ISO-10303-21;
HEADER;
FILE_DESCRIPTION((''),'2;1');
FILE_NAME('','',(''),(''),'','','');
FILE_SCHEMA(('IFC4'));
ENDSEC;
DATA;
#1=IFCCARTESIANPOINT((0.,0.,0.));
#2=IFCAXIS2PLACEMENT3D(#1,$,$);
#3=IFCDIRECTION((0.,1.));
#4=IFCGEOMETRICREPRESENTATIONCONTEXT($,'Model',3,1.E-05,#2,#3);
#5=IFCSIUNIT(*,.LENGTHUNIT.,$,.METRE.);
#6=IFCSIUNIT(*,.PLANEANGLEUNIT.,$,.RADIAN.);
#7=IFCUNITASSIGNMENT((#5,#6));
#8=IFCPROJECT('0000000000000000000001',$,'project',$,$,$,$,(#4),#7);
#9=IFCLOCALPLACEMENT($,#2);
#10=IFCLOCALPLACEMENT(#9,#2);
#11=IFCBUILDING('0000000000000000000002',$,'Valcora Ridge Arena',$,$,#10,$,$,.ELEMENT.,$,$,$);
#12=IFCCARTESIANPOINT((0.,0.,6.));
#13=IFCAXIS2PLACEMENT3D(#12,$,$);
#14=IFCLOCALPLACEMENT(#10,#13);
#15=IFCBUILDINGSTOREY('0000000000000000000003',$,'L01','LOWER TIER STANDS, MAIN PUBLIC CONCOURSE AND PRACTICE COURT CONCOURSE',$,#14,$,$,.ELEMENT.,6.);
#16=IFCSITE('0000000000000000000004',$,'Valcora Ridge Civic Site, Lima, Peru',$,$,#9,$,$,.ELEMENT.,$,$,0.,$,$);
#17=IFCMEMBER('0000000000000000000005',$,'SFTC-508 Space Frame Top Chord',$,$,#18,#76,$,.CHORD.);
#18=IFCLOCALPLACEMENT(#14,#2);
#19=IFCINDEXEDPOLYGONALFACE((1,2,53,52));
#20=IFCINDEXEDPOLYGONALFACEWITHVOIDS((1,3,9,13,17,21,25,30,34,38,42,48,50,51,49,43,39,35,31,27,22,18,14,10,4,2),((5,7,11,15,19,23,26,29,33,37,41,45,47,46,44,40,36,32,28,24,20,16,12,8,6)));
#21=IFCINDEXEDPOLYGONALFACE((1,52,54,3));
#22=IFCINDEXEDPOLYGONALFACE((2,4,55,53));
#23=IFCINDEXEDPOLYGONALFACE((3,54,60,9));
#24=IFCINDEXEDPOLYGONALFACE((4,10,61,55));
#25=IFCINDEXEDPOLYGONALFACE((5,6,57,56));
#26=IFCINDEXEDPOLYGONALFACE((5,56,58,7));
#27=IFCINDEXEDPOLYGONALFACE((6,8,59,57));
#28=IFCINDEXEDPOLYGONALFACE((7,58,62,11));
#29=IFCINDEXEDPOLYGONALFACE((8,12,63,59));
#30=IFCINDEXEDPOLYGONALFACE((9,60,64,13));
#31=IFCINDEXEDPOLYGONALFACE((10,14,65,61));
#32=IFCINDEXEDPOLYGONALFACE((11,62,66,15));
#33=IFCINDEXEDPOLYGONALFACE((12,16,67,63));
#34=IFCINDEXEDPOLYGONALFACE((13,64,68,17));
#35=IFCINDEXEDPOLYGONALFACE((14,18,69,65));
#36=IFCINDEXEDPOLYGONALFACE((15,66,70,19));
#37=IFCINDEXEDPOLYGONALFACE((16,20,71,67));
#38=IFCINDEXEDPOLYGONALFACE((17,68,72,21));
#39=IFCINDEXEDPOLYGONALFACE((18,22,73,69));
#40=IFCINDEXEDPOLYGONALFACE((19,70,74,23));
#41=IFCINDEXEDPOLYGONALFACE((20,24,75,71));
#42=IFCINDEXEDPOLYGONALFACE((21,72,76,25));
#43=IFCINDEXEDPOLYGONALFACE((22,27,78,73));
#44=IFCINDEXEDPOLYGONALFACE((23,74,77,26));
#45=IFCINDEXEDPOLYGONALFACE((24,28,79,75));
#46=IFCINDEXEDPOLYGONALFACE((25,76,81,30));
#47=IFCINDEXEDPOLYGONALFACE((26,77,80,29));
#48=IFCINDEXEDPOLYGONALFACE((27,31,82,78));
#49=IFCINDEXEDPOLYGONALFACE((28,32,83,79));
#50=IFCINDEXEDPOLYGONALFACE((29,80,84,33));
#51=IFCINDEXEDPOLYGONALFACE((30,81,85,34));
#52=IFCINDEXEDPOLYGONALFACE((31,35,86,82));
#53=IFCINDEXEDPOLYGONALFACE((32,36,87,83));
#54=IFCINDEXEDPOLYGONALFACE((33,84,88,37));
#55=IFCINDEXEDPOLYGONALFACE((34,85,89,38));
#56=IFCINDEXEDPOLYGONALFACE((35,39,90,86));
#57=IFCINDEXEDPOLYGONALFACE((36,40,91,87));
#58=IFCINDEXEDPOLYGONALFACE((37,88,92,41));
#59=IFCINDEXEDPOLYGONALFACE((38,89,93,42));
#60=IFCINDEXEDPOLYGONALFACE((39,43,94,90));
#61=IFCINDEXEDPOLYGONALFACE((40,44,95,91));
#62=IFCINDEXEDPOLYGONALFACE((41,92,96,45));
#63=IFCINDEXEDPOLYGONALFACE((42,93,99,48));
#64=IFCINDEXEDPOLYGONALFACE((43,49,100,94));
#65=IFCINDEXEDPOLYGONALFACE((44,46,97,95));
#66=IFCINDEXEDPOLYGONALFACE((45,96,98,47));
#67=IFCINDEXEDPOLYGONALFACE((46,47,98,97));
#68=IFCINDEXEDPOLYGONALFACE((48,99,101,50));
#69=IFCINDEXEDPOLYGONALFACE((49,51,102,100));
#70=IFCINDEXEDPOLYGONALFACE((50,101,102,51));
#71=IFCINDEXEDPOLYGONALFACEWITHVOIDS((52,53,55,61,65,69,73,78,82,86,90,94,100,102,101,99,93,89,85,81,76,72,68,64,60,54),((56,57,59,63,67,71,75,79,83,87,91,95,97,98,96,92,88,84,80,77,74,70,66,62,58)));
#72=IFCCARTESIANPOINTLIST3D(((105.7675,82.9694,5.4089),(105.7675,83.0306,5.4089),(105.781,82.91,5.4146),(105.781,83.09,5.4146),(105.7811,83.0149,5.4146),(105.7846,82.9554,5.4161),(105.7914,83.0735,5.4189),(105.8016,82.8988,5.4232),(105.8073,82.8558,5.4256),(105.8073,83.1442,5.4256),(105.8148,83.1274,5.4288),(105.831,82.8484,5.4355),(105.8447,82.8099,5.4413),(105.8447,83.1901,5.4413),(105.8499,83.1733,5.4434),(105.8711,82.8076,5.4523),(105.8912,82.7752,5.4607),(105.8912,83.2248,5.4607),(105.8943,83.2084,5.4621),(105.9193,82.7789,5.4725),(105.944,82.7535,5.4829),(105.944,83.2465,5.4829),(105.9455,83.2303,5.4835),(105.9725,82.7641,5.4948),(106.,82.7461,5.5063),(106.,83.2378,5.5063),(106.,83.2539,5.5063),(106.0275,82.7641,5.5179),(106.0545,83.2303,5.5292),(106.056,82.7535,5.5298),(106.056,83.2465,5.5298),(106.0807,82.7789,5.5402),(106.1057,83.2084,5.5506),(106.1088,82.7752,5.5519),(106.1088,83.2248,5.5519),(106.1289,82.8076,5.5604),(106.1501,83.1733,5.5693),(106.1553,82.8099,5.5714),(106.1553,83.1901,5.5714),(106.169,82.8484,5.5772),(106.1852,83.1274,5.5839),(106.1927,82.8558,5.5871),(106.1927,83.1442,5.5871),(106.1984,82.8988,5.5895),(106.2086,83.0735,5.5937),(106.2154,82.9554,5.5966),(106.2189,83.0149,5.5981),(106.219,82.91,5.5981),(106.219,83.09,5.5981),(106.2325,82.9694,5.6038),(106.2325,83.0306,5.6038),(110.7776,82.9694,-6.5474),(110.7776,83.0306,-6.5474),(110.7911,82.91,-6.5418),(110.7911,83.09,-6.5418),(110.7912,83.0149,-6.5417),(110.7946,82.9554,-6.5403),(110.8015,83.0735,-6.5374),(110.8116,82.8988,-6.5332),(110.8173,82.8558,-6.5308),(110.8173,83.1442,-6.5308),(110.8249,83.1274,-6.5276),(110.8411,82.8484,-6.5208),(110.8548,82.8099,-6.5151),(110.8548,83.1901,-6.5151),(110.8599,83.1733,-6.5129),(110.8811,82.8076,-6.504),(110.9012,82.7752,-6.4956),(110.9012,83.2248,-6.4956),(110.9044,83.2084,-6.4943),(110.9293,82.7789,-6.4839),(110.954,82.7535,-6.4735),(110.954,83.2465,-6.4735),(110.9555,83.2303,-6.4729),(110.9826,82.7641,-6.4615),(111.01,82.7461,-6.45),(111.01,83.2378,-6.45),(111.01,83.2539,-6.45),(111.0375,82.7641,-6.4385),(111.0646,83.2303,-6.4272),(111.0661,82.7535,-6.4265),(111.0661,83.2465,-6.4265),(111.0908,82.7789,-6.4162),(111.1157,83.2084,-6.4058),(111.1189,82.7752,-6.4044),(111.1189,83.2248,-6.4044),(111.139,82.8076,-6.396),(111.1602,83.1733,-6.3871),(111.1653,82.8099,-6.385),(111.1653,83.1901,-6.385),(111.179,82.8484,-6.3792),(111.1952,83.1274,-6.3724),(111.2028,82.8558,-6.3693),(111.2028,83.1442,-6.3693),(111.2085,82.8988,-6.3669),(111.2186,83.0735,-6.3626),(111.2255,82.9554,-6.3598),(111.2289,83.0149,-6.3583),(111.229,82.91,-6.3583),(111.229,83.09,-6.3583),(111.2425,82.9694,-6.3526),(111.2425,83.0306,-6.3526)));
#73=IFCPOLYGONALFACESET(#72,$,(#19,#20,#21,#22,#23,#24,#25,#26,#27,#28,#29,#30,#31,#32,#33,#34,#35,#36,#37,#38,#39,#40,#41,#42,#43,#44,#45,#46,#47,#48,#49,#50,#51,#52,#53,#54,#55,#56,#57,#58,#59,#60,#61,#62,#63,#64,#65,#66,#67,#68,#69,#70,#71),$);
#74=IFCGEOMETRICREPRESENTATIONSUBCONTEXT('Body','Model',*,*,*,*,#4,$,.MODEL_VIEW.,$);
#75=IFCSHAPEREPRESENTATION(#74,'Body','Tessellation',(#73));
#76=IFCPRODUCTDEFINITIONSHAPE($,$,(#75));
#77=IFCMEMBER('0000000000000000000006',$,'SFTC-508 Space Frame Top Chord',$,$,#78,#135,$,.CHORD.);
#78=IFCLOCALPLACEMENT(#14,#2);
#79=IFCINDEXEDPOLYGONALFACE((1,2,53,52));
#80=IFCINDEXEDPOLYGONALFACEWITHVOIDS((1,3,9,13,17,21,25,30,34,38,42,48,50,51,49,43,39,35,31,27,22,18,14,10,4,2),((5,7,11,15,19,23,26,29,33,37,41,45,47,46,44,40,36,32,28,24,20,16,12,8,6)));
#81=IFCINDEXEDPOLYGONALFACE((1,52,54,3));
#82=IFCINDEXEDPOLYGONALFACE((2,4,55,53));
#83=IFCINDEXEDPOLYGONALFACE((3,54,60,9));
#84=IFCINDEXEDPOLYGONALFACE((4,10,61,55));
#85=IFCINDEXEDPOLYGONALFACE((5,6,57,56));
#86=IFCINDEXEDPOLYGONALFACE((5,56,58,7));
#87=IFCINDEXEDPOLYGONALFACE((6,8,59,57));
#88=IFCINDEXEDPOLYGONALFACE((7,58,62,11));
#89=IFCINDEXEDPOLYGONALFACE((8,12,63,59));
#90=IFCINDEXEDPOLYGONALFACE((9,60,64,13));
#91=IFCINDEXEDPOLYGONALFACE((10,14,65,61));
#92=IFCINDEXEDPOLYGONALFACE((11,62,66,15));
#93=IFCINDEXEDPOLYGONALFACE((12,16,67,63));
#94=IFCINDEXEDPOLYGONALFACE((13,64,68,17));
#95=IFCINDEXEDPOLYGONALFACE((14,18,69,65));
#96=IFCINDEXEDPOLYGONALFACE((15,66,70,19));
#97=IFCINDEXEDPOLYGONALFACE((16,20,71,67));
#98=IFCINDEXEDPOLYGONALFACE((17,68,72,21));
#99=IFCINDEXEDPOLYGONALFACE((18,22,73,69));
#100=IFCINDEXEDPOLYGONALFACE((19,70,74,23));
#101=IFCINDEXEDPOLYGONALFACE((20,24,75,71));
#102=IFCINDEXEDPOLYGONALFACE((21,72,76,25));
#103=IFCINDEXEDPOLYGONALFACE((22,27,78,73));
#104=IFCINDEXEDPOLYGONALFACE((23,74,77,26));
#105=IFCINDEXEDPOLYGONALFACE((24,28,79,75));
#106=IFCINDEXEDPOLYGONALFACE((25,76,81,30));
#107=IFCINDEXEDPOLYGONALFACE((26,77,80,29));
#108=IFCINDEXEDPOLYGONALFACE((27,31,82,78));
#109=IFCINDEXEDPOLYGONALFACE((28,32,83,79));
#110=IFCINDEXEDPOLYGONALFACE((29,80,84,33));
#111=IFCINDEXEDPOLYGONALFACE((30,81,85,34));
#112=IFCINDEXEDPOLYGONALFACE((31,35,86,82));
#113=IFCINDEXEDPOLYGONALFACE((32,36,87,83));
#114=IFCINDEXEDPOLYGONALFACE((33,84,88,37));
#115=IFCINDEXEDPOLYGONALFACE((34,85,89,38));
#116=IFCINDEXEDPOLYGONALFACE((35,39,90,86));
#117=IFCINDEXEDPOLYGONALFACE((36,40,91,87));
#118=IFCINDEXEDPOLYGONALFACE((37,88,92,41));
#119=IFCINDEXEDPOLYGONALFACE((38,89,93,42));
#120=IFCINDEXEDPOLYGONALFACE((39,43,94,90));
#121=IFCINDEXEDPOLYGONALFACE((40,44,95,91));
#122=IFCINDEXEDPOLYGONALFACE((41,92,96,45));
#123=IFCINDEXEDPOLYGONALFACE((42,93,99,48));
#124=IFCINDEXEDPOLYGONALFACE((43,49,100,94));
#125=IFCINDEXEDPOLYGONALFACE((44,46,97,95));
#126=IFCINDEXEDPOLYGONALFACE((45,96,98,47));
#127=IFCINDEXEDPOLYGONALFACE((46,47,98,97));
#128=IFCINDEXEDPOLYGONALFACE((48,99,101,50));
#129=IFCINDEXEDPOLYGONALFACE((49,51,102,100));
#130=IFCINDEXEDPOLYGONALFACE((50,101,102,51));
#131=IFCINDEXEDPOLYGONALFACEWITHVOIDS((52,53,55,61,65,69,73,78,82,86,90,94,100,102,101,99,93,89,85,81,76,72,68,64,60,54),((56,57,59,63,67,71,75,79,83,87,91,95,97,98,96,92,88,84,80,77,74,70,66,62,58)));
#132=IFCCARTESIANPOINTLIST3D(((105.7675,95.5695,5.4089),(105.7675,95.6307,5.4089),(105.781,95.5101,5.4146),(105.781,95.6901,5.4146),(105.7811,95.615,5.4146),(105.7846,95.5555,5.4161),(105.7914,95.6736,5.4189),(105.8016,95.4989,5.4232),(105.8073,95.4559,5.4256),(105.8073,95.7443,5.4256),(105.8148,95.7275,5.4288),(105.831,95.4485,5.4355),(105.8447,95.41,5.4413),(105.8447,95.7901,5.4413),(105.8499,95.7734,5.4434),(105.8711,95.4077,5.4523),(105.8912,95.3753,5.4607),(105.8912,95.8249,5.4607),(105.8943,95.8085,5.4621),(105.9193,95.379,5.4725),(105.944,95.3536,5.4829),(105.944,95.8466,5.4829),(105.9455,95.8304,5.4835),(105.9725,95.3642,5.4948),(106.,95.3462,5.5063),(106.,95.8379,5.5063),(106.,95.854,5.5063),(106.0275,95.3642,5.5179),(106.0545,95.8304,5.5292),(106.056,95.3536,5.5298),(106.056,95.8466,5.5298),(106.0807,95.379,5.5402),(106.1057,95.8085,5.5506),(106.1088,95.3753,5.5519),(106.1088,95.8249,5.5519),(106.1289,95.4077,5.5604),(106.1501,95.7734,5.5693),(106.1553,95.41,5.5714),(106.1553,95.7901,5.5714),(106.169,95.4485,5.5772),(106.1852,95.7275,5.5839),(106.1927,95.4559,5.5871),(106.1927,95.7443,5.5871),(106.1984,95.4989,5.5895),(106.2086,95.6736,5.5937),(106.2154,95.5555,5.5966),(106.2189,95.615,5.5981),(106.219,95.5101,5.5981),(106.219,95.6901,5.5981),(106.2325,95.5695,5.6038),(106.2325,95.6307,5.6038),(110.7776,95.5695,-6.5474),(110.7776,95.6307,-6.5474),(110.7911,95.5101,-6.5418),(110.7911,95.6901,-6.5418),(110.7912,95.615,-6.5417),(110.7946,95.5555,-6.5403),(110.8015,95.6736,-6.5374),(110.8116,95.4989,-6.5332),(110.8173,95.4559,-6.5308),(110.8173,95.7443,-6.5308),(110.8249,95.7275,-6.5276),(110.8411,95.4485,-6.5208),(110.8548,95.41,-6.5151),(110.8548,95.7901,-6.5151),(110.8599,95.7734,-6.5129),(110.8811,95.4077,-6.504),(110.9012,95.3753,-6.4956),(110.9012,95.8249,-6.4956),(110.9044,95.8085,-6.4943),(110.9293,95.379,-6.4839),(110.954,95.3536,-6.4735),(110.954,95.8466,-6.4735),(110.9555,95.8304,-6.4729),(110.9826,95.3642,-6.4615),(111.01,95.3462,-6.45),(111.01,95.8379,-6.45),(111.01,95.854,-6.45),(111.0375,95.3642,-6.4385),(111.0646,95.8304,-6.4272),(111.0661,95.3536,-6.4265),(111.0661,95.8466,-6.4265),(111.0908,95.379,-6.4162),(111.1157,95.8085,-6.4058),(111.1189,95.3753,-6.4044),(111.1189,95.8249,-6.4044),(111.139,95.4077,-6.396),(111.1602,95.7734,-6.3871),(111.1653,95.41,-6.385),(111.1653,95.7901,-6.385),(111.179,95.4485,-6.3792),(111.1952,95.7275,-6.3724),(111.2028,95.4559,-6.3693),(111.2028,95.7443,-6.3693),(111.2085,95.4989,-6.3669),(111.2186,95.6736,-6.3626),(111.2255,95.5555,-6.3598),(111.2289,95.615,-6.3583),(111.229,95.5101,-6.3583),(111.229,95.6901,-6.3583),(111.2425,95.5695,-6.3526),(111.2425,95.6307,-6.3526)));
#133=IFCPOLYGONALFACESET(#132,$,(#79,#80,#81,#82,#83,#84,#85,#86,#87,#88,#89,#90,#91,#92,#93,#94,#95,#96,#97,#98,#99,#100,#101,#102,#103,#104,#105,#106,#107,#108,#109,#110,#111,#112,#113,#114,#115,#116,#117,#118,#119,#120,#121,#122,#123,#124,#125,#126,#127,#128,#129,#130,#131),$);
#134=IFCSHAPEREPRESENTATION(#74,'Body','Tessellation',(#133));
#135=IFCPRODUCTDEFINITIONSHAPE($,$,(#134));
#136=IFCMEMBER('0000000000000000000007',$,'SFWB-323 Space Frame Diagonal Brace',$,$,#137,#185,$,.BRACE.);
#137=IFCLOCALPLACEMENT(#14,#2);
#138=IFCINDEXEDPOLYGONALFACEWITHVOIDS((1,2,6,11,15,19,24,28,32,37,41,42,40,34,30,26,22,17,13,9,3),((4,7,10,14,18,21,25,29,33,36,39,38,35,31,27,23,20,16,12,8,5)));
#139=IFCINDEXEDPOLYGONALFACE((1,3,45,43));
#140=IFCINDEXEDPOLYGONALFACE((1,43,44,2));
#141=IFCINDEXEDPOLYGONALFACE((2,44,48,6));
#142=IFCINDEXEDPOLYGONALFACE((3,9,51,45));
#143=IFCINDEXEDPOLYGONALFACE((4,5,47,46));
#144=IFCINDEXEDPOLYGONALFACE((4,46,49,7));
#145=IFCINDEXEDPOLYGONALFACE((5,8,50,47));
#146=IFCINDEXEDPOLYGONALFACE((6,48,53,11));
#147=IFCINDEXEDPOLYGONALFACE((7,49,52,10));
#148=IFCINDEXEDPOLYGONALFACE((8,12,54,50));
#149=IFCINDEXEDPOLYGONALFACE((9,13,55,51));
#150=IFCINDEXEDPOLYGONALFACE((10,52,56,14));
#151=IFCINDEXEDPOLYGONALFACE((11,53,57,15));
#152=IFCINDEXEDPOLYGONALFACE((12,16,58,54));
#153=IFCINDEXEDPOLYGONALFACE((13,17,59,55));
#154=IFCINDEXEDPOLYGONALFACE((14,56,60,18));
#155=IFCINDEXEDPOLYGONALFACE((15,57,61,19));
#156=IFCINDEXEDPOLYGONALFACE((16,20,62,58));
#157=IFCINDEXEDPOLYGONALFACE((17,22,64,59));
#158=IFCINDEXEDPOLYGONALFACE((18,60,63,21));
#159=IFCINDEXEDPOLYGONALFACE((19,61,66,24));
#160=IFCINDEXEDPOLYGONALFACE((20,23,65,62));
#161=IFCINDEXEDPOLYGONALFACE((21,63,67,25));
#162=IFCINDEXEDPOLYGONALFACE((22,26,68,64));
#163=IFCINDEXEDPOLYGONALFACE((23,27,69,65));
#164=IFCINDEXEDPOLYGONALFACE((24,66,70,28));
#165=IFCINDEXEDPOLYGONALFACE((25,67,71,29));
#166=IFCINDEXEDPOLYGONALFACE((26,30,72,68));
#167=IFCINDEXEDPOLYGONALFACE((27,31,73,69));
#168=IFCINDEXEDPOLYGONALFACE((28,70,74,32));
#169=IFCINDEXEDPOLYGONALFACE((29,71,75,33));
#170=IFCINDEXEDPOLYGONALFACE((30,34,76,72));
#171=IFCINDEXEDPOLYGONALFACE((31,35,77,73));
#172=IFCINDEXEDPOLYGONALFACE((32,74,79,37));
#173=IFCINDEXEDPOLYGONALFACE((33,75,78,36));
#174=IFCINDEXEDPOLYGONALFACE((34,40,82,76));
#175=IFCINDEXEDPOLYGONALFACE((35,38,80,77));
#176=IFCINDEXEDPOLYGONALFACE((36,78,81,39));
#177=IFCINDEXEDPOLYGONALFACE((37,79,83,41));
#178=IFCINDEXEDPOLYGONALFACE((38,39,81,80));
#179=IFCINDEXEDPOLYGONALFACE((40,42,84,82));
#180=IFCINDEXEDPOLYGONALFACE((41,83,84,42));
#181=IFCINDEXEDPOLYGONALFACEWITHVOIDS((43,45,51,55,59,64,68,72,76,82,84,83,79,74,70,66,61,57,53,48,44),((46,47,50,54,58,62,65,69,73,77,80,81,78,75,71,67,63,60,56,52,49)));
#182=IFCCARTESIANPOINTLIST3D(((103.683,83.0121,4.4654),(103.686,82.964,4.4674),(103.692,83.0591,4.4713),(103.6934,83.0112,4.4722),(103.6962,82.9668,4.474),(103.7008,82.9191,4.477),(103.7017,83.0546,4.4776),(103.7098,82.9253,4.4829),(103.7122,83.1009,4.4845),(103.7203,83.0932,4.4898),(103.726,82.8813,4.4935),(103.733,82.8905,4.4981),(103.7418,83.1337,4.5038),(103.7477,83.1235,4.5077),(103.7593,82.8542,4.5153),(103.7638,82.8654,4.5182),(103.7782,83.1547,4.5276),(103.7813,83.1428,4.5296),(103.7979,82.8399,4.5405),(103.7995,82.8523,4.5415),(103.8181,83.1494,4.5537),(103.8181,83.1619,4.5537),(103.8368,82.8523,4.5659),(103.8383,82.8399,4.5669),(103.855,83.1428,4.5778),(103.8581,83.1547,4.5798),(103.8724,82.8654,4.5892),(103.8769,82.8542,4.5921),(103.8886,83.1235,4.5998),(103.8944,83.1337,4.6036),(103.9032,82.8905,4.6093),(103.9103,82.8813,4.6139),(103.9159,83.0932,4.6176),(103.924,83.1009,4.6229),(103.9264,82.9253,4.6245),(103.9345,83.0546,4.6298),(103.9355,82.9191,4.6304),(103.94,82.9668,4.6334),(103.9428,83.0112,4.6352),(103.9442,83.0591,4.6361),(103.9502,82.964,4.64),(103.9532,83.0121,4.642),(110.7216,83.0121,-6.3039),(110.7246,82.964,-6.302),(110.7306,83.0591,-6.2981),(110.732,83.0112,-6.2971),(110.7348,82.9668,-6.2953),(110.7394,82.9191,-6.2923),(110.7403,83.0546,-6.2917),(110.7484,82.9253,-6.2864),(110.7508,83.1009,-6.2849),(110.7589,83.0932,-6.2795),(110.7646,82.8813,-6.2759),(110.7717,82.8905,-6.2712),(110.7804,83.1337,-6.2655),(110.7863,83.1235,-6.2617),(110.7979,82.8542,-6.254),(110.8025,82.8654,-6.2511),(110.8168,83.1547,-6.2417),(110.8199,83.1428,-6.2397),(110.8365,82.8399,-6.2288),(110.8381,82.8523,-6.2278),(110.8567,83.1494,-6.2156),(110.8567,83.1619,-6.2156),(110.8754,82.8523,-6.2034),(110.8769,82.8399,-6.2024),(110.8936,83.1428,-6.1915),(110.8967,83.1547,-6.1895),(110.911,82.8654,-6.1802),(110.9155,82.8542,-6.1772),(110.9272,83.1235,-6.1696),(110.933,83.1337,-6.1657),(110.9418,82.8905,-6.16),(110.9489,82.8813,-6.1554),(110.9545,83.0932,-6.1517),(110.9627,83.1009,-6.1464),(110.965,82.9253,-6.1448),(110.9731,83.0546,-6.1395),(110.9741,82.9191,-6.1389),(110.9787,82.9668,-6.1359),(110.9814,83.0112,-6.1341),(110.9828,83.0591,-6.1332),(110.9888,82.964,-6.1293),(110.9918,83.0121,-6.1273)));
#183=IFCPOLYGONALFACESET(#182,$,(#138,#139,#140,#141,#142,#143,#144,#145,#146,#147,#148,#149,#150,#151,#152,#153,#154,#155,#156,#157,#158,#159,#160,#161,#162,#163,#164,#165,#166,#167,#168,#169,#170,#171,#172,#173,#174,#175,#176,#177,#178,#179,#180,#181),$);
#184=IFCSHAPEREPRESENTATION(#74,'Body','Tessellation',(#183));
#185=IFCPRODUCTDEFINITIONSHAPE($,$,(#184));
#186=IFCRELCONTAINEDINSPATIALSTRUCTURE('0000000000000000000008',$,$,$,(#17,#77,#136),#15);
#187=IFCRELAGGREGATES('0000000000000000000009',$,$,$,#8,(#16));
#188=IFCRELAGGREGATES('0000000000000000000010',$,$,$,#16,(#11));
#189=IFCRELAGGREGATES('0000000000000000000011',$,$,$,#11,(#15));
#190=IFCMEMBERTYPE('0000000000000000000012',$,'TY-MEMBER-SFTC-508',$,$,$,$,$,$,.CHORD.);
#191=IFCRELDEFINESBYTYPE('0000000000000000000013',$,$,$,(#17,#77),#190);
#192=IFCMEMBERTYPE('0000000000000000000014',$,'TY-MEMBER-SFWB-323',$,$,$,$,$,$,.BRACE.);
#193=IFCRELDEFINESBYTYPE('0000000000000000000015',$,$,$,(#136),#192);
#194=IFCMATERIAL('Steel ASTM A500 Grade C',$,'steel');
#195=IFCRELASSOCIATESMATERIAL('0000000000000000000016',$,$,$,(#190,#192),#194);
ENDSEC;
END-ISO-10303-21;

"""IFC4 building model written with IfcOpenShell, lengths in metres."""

from ifc_helpers import new_model, si_unit, direction, frame, origin, origin_2d, place, context, subcontext, project, spatial, hollow_circle, extrude, material, material_profile, profile_set, type_object, element, save


model = new_model("IFC4")

# Units and contexts
model_context = context("Model", 3, precision=1e-05, world=origin(), true_north=direction((0.0, 1.0)))
body_context = subcontext(model_context, "Body", "Model", "MODEL_VIEW")
ifc_project = project(units=[si_unit("LENGTHUNIT", "METRE"), si_unit("PLANEANGLEUNIT", "RADIAN")], contexts=[model_context])

# Site, building, storey
site_placement = place(None, origin())
site = spatial("IfcSite", under=ifc_project, at=site_placement, Name="Valcora Ridge Civic Site, Lima, Peru", CompositionType="ELEMENT", RefElevation=0.0)
building_placement = place(site_placement, origin())
building = spatial("IfcBuilding", under=site, at=building_placement, Name="Valcora Ridge Arena", CompositionType="ELEMENT")
storey_placement = place(building_placement, frame((0.0, 0.0, 6.0)))
storey = spatial("IfcBuildingStorey", under=building, at=storey_placement, Name="L01", Description="LOWER TIER STANDS, MAIN PUBLIC CONCOURSE AND PRACTICE COURT CONCOURSE", CompositionType="ELEMENT", Elevation=6.0)

# Members
ifc_material_1 = material(Name="Steel ASTM A500 Grade C", Category="steel")
ifc_material_profile_1 = material_profile(ifc_material_1, hollow_circle(Radius=0.2539, WallThickness=0.0161, at=origin_2d()), Name="CHS508X16")
ifc_profile_set_1 = profile_set([ifc_material_profile_1], Name="Steel ASTM A500 Grade C")
member_type_1 = type_object("IfcMemberType", Name="TY-MEMBER-SFTC-508", PredefinedType="CHORD", material=ifc_profile_set_1)
for number, where, z_axis, x_axis, name in (
    (1, (106.0, 83.0, 5.5063), (0.386469, 0.0, -0.922302), (0.0, 1.0, 0.0), "SFTC-508 Space Frame Top Chord"),
    (2, (106.0, 95.6001, 5.5063), (0.386469, 0.0, -0.922302), (0.0, 1.0, 0.0), "SFTC-508 Space Frame Top Chord"),
):
    element("IfcMember", number, at=place(storey_placement, frame(where, z_axis=z_axis, x_axis=x_axis)), inside=storey, type_object=member_type_1, Name=name, PredefinedType="CHORD", context=body_context, shape_type="SweptSolid", body=[
        extrude(hollow_circle(Radius=0.2539, WallThickness=0.0161, at=origin_2d()), origin(), (0.0, 0.0, 1.0), 12.9636),
    ])
ifc_material_profile_2 = material_profile(ifc_material_1, hollow_circle(Radius=0.1619, WallThickness=0.0125, at=origin_2d()), Name="CHS323X12")
ifc_profile_set_2 = profile_set([ifc_material_profile_2], Name="Steel ASTM A500 Grade C")
member_type_2 = type_object("IfcMemberType", Name="TY-MEMBER-SFWB-323", PredefinedType="BRACE", material=ifc_profile_set_2)
for number, where, z_axis, x_axis, name in (
    (3, (103.8181, 83.0, 4.5537), (0.547092, 0.0, -0.837072), (0.0, 1.0, 0.0), "SFWB-323 Space Frame Diagonal Brace"),
):
    element("IfcMember", number, at=place(storey_placement, frame(where, z_axis=z_axis, x_axis=x_axis)), inside=storey, type_object=member_type_2, Name=name, PredefinedType="BRACE", context=body_context, shape_type="SweptSolid", body=[
        extrude(hollow_circle(Radius=0.1619, WallThickness=0.0125, at=origin_2d()), origin(), (0.0, 0.0, 1.0), 12.8655),
    ])

save(model, "model.ifc")
